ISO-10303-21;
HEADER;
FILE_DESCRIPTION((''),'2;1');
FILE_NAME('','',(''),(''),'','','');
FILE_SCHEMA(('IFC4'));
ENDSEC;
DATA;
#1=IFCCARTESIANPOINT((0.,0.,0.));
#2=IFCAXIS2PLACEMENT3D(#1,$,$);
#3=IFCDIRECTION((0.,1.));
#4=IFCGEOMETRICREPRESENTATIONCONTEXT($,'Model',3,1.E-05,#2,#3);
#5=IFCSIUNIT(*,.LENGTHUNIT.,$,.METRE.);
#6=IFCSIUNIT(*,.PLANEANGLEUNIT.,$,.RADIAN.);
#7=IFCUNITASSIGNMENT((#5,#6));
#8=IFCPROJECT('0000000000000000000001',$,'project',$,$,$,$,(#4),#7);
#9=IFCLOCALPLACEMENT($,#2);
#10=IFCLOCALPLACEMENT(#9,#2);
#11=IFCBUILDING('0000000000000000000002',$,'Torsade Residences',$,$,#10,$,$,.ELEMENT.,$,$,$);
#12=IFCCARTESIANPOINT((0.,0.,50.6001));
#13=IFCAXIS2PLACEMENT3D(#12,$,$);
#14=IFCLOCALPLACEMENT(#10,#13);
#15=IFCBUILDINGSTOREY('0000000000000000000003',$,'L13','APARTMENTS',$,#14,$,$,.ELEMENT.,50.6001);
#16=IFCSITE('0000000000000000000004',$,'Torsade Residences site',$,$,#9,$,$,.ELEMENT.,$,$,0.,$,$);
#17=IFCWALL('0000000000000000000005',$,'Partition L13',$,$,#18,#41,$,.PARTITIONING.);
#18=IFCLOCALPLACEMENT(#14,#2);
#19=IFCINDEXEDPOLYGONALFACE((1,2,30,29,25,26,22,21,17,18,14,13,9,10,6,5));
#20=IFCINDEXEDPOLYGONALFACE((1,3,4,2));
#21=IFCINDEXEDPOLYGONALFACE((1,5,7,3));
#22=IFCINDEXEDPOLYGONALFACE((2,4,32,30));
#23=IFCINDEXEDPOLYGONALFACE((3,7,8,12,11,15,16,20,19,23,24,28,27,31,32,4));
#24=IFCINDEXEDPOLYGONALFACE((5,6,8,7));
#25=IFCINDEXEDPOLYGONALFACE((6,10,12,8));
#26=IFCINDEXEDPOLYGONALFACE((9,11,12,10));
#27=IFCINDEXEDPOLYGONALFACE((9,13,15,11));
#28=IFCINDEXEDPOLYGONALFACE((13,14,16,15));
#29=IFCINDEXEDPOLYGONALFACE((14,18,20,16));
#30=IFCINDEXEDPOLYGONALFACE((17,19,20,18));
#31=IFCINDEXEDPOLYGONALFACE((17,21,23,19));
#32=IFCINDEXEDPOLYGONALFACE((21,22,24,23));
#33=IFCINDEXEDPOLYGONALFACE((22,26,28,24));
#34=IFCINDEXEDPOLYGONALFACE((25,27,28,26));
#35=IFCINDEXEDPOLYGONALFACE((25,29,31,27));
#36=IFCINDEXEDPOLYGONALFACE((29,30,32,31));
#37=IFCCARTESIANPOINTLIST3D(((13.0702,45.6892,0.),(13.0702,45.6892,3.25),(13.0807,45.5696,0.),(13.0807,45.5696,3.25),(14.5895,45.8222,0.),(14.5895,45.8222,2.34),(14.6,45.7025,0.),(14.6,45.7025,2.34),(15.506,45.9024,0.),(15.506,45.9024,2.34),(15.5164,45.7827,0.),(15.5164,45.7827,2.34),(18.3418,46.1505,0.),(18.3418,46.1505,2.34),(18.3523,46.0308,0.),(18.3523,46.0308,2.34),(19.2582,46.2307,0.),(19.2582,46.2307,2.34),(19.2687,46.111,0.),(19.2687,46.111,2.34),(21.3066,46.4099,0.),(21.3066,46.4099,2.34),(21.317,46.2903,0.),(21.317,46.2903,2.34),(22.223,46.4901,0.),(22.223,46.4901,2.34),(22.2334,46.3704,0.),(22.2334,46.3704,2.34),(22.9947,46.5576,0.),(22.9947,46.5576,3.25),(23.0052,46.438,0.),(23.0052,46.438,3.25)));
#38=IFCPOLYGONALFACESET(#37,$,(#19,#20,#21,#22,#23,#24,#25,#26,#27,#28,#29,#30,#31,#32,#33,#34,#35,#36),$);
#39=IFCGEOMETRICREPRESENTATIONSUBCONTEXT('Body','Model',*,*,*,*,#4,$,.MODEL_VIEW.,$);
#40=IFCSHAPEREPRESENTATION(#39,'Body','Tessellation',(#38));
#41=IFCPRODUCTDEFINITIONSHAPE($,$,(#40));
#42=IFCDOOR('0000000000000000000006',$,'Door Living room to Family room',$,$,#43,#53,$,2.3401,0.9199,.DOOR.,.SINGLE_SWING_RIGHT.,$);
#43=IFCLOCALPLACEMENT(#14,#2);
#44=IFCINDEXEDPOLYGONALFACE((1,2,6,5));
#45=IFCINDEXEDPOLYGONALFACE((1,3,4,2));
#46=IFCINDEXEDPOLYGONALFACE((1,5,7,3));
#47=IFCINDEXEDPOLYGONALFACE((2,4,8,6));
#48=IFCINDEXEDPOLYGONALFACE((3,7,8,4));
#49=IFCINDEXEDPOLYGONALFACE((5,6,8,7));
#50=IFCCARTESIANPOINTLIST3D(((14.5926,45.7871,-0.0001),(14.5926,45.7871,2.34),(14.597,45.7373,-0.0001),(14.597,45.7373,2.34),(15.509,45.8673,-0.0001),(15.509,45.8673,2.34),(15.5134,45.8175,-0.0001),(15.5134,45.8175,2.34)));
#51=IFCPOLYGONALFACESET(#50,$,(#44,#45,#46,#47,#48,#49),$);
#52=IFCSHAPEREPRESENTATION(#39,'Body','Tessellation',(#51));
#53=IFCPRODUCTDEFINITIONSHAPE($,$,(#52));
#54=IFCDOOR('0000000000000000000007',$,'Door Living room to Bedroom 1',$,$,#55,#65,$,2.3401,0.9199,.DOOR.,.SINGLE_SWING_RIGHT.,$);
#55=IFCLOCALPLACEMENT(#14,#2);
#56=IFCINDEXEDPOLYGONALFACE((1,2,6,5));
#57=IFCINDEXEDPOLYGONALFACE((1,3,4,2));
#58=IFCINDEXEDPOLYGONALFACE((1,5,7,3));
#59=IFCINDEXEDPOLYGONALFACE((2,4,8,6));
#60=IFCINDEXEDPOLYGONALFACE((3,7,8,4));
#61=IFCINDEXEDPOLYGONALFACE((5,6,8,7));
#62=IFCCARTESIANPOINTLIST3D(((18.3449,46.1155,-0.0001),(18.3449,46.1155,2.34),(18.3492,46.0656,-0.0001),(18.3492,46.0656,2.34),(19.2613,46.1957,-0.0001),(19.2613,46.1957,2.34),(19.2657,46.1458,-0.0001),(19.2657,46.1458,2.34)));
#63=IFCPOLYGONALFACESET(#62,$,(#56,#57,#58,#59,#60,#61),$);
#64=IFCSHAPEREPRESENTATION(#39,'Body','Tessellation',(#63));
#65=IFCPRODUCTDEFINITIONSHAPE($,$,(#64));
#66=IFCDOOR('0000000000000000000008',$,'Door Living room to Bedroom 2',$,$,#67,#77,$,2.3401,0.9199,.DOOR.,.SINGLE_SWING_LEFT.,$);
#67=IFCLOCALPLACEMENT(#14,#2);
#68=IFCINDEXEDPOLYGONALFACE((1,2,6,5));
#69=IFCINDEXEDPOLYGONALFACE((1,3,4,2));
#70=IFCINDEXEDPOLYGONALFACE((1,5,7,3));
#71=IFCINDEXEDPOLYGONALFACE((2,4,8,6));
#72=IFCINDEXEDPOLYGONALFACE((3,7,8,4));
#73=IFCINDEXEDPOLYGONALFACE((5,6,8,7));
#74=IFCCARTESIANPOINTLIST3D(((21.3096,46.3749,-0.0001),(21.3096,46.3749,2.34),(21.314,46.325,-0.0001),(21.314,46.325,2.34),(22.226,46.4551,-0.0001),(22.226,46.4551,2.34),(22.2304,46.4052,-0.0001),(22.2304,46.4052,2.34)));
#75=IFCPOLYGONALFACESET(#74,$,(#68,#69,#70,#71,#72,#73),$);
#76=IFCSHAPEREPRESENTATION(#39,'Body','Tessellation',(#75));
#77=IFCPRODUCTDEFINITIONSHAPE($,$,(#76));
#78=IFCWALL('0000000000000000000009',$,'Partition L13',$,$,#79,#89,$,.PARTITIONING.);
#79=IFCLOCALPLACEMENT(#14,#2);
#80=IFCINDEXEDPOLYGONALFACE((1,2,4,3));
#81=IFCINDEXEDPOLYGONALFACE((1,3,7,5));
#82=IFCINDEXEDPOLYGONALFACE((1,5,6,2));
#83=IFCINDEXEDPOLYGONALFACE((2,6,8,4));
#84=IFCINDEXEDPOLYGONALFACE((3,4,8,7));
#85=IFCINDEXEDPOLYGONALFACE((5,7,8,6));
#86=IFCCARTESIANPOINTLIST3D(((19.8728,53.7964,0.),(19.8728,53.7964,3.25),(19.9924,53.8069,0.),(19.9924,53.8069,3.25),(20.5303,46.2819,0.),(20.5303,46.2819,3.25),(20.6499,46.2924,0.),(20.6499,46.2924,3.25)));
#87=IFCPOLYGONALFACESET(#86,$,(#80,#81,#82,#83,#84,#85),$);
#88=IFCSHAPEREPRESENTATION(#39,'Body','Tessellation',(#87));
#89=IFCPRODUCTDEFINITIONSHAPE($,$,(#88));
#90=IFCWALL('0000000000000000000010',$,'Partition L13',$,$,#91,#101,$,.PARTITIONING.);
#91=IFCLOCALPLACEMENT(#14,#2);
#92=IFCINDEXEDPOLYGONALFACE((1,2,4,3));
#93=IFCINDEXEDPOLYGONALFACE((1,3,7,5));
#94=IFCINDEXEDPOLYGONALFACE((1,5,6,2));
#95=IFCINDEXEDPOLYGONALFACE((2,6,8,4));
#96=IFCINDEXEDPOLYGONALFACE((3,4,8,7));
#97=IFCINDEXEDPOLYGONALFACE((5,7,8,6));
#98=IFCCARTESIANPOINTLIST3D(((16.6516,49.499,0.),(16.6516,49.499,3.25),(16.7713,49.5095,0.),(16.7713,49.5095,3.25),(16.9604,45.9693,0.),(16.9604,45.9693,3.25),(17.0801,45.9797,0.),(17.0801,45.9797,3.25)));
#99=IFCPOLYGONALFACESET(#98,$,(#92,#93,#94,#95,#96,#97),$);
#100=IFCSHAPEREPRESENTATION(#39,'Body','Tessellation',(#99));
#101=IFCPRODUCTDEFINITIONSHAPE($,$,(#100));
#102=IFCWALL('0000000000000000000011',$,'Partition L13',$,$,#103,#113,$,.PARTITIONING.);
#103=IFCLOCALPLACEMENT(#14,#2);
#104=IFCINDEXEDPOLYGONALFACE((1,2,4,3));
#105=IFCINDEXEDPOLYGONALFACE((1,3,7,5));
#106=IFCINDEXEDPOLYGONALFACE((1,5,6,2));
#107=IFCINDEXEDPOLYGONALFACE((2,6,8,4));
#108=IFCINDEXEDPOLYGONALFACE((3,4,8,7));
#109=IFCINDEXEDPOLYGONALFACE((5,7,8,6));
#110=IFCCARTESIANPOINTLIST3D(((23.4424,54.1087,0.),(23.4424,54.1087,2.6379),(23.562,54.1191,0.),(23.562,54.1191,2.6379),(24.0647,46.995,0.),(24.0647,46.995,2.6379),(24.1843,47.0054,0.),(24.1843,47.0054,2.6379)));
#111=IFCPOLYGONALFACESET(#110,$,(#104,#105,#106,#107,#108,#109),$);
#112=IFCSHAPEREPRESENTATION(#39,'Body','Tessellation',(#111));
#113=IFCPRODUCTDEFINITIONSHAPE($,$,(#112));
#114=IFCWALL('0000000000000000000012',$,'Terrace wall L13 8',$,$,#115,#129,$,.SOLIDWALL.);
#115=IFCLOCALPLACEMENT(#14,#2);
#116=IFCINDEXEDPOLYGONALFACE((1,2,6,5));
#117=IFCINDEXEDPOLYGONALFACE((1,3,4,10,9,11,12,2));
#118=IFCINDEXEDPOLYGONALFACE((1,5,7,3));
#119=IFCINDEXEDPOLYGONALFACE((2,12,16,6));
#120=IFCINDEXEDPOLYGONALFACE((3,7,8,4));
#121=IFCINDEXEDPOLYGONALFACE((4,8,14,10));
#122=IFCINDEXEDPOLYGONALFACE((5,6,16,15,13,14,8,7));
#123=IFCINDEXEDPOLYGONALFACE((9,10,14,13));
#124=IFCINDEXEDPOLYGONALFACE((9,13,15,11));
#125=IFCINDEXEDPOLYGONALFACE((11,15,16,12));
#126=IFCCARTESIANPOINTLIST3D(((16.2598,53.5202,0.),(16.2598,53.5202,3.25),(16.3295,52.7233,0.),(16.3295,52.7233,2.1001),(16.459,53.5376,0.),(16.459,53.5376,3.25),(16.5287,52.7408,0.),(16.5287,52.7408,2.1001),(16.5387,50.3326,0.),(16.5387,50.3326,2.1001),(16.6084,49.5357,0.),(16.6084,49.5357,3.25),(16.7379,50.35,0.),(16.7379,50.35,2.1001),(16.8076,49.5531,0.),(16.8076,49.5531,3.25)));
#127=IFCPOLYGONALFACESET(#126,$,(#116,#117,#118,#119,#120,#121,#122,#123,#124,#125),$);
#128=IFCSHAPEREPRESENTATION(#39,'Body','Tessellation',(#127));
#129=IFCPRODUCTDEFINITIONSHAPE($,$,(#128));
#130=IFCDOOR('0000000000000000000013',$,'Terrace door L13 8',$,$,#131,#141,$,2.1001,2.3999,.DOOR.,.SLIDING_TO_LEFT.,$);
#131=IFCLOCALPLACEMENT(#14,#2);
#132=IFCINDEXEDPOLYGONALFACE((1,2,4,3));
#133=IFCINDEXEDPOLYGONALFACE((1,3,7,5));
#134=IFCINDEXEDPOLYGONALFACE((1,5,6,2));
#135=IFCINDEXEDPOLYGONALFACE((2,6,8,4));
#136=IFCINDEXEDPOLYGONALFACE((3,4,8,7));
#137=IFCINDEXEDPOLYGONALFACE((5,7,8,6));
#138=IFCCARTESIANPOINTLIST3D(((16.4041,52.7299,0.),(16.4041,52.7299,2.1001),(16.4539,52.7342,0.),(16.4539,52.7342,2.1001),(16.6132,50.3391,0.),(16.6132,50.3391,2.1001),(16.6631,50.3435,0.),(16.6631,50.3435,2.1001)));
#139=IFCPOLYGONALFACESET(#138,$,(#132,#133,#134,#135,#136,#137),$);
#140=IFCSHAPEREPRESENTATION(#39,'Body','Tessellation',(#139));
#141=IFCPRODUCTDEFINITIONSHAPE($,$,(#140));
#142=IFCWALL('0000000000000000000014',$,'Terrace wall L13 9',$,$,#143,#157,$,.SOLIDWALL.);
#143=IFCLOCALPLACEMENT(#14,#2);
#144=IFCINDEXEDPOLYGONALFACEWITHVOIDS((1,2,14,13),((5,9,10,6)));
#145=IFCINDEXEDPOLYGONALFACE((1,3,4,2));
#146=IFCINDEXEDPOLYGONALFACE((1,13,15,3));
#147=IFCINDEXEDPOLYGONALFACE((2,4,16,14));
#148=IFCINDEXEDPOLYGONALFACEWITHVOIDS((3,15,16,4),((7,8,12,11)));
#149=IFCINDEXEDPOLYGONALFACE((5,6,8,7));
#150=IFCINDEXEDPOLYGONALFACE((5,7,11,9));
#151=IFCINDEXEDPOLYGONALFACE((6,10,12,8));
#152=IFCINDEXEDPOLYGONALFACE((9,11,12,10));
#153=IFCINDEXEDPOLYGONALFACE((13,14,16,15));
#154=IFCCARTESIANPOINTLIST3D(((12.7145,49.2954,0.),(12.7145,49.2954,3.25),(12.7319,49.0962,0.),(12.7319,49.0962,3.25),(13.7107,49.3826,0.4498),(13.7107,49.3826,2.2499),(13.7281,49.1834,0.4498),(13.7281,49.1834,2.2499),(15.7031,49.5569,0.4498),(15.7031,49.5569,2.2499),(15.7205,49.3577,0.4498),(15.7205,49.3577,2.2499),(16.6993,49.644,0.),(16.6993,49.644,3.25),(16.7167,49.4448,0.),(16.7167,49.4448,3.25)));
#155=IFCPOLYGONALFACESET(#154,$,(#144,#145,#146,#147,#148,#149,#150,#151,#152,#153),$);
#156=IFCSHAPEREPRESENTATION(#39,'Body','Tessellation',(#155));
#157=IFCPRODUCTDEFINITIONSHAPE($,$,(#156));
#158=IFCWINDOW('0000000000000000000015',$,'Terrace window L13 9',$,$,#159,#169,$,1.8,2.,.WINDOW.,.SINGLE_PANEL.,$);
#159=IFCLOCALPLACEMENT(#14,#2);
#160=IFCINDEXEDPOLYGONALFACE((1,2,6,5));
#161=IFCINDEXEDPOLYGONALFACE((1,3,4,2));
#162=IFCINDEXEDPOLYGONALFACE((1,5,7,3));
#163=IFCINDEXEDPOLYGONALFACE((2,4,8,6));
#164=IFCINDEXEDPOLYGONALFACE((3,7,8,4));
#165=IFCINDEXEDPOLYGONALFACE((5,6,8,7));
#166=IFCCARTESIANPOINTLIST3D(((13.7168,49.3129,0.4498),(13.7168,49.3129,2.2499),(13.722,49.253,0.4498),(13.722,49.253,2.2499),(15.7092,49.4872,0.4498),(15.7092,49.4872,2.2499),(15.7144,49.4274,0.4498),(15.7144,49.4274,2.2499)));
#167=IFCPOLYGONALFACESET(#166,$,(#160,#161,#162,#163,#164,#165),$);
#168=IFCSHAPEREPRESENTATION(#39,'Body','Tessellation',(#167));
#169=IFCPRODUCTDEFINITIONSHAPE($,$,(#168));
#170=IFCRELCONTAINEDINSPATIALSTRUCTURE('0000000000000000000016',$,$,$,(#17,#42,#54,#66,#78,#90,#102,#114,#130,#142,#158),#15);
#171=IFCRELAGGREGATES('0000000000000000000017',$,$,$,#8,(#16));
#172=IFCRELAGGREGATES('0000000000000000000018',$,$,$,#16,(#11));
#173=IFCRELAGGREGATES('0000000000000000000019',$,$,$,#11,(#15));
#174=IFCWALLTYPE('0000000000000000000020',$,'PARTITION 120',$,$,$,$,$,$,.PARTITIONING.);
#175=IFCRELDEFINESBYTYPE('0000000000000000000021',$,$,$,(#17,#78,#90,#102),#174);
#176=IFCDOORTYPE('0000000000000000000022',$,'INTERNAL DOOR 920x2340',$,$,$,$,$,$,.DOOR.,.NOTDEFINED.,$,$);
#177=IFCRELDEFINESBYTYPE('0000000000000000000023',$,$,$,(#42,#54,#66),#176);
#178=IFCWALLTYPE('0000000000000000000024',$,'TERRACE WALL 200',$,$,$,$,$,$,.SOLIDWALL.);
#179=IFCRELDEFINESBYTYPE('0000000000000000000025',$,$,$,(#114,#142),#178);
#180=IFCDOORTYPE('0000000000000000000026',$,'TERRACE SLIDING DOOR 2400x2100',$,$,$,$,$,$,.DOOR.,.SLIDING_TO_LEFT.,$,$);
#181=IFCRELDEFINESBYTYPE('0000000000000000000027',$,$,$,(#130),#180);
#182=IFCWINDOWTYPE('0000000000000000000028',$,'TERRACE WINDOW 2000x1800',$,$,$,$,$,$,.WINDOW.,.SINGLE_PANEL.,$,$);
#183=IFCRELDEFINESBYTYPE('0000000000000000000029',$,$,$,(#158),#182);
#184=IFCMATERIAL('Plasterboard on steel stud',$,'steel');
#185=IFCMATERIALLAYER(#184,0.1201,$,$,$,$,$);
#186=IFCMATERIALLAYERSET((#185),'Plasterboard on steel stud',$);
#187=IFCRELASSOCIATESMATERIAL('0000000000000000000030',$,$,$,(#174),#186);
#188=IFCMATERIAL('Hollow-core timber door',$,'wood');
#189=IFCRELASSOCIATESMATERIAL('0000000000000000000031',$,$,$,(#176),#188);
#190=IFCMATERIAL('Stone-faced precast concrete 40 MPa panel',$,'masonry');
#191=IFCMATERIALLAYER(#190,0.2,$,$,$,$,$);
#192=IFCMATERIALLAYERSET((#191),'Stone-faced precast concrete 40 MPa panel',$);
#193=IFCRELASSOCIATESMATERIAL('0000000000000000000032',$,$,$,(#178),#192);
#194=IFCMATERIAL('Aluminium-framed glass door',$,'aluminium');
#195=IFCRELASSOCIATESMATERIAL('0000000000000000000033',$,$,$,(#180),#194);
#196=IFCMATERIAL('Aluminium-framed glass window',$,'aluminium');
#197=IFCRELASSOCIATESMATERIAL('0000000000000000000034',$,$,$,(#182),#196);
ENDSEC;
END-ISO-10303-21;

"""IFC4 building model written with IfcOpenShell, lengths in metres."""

from ifc_helpers import new_model, si_unit, direction, frame, frame_2d, origin, place, context, subcontext, project, spatial, rectangle, extrude, material, layer, layer_set, type_object, element, fill, save


model = new_model("IFC4")

# Units and contexts
model_context = context("Model", 3, precision=1e-05, world=origin(), true_north=direction((0.0, 1.0)))
body_context = subcontext(model_context, "Body", "Model", "MODEL_VIEW")
ifc_project = project(units=[si_unit("LENGTHUNIT", "METRE"), si_unit("PLANEANGLEUNIT", "RADIAN")], contexts=[model_context])

# Site, building, storey
site_placement = place(None, origin())
site = spatial("IfcSite", under=ifc_project, at=site_placement, Name="Torsade Residences site", CompositionType="ELEMENT", RefElevation=0.0)
building_placement = place(site_placement, origin())
building = spatial("IfcBuilding", under=site, at=building_placement, Name="Torsade Residences", CompositionType="ELEMENT")
storey_placement = place(building_placement, frame((0.0, 0.0, 50.6001)))
storey = spatial("IfcBuildingStorey", under=building, at=storey_placement, Name="L13", Description="APARTMENTS", CompositionType="ELEMENT", Elevation=50.6001)

# Shared definitions
ifc_material_1 = material(Name="Plasterboard on steel stud", Category="steel")
ifc_layer_1 = layer(ifc_material_1, 0.1201)
ifc_layer_set_1 = layer_set([ifc_layer_1], Name="Plasterboard on steel stud")
wall_type_1 = type_object("IfcWallType", Name="PARTITION 120", PredefinedType="PARTITIONING", material=ifc_layer_set_1)
ifc_material_2 = material(Name="Hollow-core timber door", Category="wood")
door_type_1 = type_object("IfcDoorType", Name="INTERNAL DOOR 920x2340", OperationType="NOTDEFINED", PredefinedType="DOOR", material=ifc_material_2)

# Wall, openings, doors
wall_1_placement = place(storey_placement, frame((13.0754, 45.6294, 0.0), z_axis=(0.0, 0.0, 1.0), x_axis=(0.996194, 0.087168, 0.0)))
wall_1 = element("IfcWall", 1, at=wall_1_placement, inside=storey, type_object=wall_type_1, Name="Partition L13", PredefinedType="PARTITIONING", context=body_context, shape_type="SweptSolid", body=[
    extrude(rectangle(XDim=9.9624, YDim=0.1201, at=frame_2d((4.9812, 0.0))), origin(), (0.0, 0.0, 1.0), 3.25),
])
opening_1_placement = place(wall_1_placement, frame((1.5251, 0.0, 0.0)))
opening_1 = element("IfcOpeningElement", 2, at=opening_1_placement, cuts=wall_1, PredefinedType="OPENING", context=body_context, shape_type="SweptSolid", body=[
    extrude(rectangle(XDim=0.9199, YDim=2.3401, at=frame_2d((0.46, 1.1699))), frame((0.0, 0.0701, 0.0), z_axis=(0.0, -1.0, 0.0), x_axis=(1.0, 0.0, 0.0)), (0.0, 0.0, 1.0), 0.1401),
])
opening_2_placement = place(wall_1_placement, frame((5.2917, 0.0, 0.0)))
opening_2 = element("IfcOpeningElement", 3, at=opening_2_placement, cuts=wall_1, PredefinedType="OPENING", context=body_context, shape_type="SweptSolid", body=[
    extrude(rectangle(XDim=0.9199, YDim=2.3401, at=frame_2d((0.46, 1.1699))), frame((0.0, 0.0701, 0.0), z_axis=(0.0, -1.0, 0.0), x_axis=(1.0, 0.0, 0.0)), (0.0, 0.0, 1.0), 0.1401),
])
opening_3_placement = place(wall_1_placement, frame((8.2678, 0.0, 0.0)))
opening_3 = element("IfcOpeningElement", 4, at=opening_3_placement, cuts=wall_1, PredefinedType="OPENING", context=body_context, shape_type="SweptSolid", body=[
    extrude(rectangle(XDim=0.9199, YDim=2.3401, at=frame_2d((0.46, 1.1699))), frame((0.0, 0.0701, 0.0), z_axis=(0.0, -1.0, 0.0), x_axis=(1.0, 0.0, 0.0)), (0.0, 0.0, 1.0), 0.1401),
])
door_1_placement = place(opening_1_placement, origin())
door_1 = element("IfcDoor", 5, at=door_1_placement, inside=storey, type_object=door_type_1, Name="Door Living room to Family room", OperationType="SINGLE_SWING_RIGHT", OverallHeight=2.3401, OverallWidth=0.9199, PredefinedType="DOOR", context=body_context, shape_type="SweptSolid", body=[
    extrude(rectangle(XDim=0.9199, YDim=2.3401, at=frame_2d((0.46, 1.1699))), frame((0.0, 0.0249, 0.0), z_axis=(0.0, -1.0, 0.0), x_axis=(1.0, 0.0, 0.0)), (0.0, 0.0, 1.0), 0.05),
])
fill(opening_1, door_1)
door_2_placement = place(opening_2_placement, origin())
door_2 = element("IfcDoor", 6, at=door_2_placement, inside=storey, type_object=door_type_1, Name="Door Living room to Bedroom 1", OperationType="SINGLE_SWING_RIGHT", OverallHeight=2.3401, OverallWidth=0.9199, PredefinedType="DOOR", context=body_context, shape_type="SweptSolid", body=[
    extrude(rectangle(XDim=0.9199, YDim=2.3401, at=frame_2d((0.46, 1.1699))), frame((0.0, 0.0249, 0.0), z_axis=(0.0, -1.0, 0.0), x_axis=(1.0, 0.0, 0.0)), (0.0, 0.0, 1.0), 0.05),
])
fill(opening_2, door_2)
door_3_placement = place(opening_3_placement, origin())
door_3 = element("IfcDoor", 7, at=door_3_placement, inside=storey, type_object=door_type_1, Name="Door Living room to Bedroom 2", OperationType="SINGLE_SWING_LEFT", OverallHeight=2.3401, OverallWidth=0.9199, PredefinedType="DOOR", context=body_context, shape_type="SweptSolid", body=[
    extrude(rectangle(XDim=0.9199, YDim=2.3401, at=frame_2d((0.46, 1.1699))), frame((0.0, 0.0249, 0.0), z_axis=(0.0, -1.0, 0.0), x_axis=(1.0, 0.0, 0.0)), (0.0, 0.0, 1.0), 0.05),
])
fill(opening_3, door_3)

# Walls
wall_2_placement = place(storey_placement, frame((19.9326, 53.8015, 0.0), z_axis=(0.0, 0.0, 1.0), x_axis=(0.087162, -0.996194, 0.0)))
element("IfcWall", 8, at=wall_2_placement, inside=storey, type_object=wall_type_1, Name="Partition L13", PredefinedType="PARTITIONING", context=body_context, shape_type="SweptSolid", body=[
    extrude(rectangle(XDim=7.5432, YDim=0.1201, at=frame_2d((3.7715, 0.0))), origin(), (0.0, 0.0, 1.0), 3.25),
])
wall_3_placement = place(storey_placement, frame((17.0203, 45.9746, 0.0), z_axis=(0.0, 0.0, 1.0), x_axis=(-0.087162, 0.996194, 0.0)))
element("IfcWall", 9, at=wall_3_placement, inside=storey, type_object=wall_type_1, Name="Partition L13", PredefinedType="PARTITIONING", context=body_context, shape_type="SweptSolid", body=[
    extrude(rectangle(XDim=3.5432, YDim=0.1201, at=frame_2d((1.7715, 0.0))), origin(), (0.0, 0.0, 1.0), 3.25),
])
wall_4_placement = place(storey_placement, frame((23.5022, 54.1138, 0.0), z_axis=(0.0, 0.0, 1.0), x_axis=(0.087147, -0.996195, 0.0)))
element("IfcWall", 10, at=wall_4_placement, inside=storey, type_object=wall_type_1, Name="Partition L13", PredefinedType="PARTITIONING", context=body_context, shape_type="SweptSolid", body=[
    extrude(rectangle(XDim=7.1409, YDim=0.1201, at=frame_2d((3.5703, 0.0))), origin(), (0.0, 0.0, 1.0), 2.6379),
])

# Wall, opening, door
ifc_material_3 = material(Name="Stone-faced precast concrete 40 MPa panel", Category="masonry")
ifc_layer_2 = layer(ifc_material_3, 0.2)
ifc_layer_set_2 = layer_set([ifc_layer_2], Name="Stone-faced precast concrete 40 MPa panel")
wall_type_2 = type_object("IfcWallType", Name="TERRACE WALL 200", PredefinedType="SOLIDWALL", material=ifc_layer_set_2)
wall_5_placement = place(storey_placement, frame((16.3594, 53.5291, 0.0), z_axis=(0.0, 0.0, 1.0), x_axis=(0.087162, -0.996194, 0.0)))
wall_5 = element("IfcWall", 11, at=wall_5_placement, inside=storey, type_object=wall_type_2, Name="Terrace wall L13 8", PredefinedType="SOLIDWALL", context=body_context, shape_type="SweptSolid", body=[
    extrude(rectangle(XDim=3.9998, YDim=0.2, at=frame_2d((2.0, 0.0))), origin(), (0.0, 0.0, 1.0), 3.25),
])
opening_4_placement = place(wall_5_placement, frame((0.8, 0.0, 0.0)))
opening_4 = element("IfcOpeningElement", 12, at=opening_4_placement, cuts=wall_5, PredefinedType="OPENING", context=body_context, shape_type="SweptSolid", body=[
    extrude(rectangle(XDim=2.3999, YDim=2.1001, at=frame_2d((1.2, 1.05))), frame((0.0, 0.1099, 0.0), z_axis=(0.0, -1.0, 0.0), x_axis=(1.0, 0.0, 0.0)), (0.0, 0.0, 1.0), 0.22),
])
ifc_material_4 = material(Name="Aluminium-framed glass door", Category="aluminium")
door_type_2 = type_object("IfcDoorType", Name="TERRACE SLIDING DOOR 2400x2100", OperationType="SLIDING_TO_LEFT", PredefinedType="DOOR", material=ifc_material_4)
door_4_placement = place(opening_4_placement, origin())
door_4 = element("IfcDoor", 13, at=door_4_placement, inside=storey, type_object=door_type_2, Name="Terrace door L13 8", OperationType="SLIDING_TO_LEFT", OverallHeight=2.1001, OverallWidth=2.3999, PredefinedType="DOOR", context=body_context, shape_type="SweptSolid", body=[
    extrude(rectangle(XDim=2.3999, YDim=2.1001, at=frame_2d((1.2, 1.05))), frame((0.0, 0.0249, 0.0), z_axis=(0.0, -1.0, 0.0), x_axis=(1.0, 0.0, 0.0)), (0.0, 0.0, 1.0), 0.05),
])
fill(opening_4, door_4)

# Wall, opening, window
wall_6_placement = place(storey_placement, frame((16.708, 49.5444, 0.0), z_axis=(0.0, 0.0, 1.0), x_axis=(-0.996195, -0.087156, 0.0)))
wall_6 = element("IfcWall", 14, at=wall_6_placement, inside=storey, type_object=wall_type_2, Name="Terrace wall L13 9", PredefinedType="SOLIDWALL", context=body_context, shape_type="SweptSolid", body=[
    extrude(rectangle(XDim=4.0, YDim=0.2, at=frame_2d((2.0, 0.0))), origin(), (0.0, 0.0, 1.0), 3.25),
])
opening_5_placement = place(wall_6_placement, frame((1.0, 0.0, 0.45)))
opening_5 = element("IfcOpeningElement", 15, at=opening_5_placement, cuts=wall_6, PredefinedType="OPENING", context=body_context, shape_type="SweptSolid", body=[
    extrude(rectangle(XDim=2.0, YDim=1.8, at=frame_2d((1.0, 0.8999))), frame((0.0, 0.1099, 0.0), z_axis=(0.0, -1.0, 0.0), x_axis=(1.0, 0.0, 0.0)), (0.0, 0.0, 1.0), 0.22),
])
ifc_material_5 = material(Name="Aluminium-framed glass window", Category="aluminium")
window_type = type_object("IfcWindowType", Name="TERRACE WINDOW 2000x1800", PartitioningType="SINGLE_PANEL", PredefinedType="WINDOW", material=ifc_material_5)
window_placement = place(opening_5_placement, origin())
window = element("IfcWindow", 16, at=window_placement, inside=storey, type_object=window_type, Name="Terrace window L13 9", OverallHeight=1.8, OverallWidth=2.0, PartitioningType="SINGLE_PANEL", PredefinedType="WINDOW", context=body_context, shape_type="SweptSolid", body=[
    extrude(rectangle(XDim=2.0, YDim=1.8, at=frame_2d((1.0, 0.8999))), frame((0.0, 0.03, 0.0), z_axis=(0.0, -1.0, 0.0), x_axis=(1.0, 0.0, 0.0)), (0.0, 0.0, 1.0), 0.0601),
])
fill(opening_5, window)

save(model, "model.ifc")
